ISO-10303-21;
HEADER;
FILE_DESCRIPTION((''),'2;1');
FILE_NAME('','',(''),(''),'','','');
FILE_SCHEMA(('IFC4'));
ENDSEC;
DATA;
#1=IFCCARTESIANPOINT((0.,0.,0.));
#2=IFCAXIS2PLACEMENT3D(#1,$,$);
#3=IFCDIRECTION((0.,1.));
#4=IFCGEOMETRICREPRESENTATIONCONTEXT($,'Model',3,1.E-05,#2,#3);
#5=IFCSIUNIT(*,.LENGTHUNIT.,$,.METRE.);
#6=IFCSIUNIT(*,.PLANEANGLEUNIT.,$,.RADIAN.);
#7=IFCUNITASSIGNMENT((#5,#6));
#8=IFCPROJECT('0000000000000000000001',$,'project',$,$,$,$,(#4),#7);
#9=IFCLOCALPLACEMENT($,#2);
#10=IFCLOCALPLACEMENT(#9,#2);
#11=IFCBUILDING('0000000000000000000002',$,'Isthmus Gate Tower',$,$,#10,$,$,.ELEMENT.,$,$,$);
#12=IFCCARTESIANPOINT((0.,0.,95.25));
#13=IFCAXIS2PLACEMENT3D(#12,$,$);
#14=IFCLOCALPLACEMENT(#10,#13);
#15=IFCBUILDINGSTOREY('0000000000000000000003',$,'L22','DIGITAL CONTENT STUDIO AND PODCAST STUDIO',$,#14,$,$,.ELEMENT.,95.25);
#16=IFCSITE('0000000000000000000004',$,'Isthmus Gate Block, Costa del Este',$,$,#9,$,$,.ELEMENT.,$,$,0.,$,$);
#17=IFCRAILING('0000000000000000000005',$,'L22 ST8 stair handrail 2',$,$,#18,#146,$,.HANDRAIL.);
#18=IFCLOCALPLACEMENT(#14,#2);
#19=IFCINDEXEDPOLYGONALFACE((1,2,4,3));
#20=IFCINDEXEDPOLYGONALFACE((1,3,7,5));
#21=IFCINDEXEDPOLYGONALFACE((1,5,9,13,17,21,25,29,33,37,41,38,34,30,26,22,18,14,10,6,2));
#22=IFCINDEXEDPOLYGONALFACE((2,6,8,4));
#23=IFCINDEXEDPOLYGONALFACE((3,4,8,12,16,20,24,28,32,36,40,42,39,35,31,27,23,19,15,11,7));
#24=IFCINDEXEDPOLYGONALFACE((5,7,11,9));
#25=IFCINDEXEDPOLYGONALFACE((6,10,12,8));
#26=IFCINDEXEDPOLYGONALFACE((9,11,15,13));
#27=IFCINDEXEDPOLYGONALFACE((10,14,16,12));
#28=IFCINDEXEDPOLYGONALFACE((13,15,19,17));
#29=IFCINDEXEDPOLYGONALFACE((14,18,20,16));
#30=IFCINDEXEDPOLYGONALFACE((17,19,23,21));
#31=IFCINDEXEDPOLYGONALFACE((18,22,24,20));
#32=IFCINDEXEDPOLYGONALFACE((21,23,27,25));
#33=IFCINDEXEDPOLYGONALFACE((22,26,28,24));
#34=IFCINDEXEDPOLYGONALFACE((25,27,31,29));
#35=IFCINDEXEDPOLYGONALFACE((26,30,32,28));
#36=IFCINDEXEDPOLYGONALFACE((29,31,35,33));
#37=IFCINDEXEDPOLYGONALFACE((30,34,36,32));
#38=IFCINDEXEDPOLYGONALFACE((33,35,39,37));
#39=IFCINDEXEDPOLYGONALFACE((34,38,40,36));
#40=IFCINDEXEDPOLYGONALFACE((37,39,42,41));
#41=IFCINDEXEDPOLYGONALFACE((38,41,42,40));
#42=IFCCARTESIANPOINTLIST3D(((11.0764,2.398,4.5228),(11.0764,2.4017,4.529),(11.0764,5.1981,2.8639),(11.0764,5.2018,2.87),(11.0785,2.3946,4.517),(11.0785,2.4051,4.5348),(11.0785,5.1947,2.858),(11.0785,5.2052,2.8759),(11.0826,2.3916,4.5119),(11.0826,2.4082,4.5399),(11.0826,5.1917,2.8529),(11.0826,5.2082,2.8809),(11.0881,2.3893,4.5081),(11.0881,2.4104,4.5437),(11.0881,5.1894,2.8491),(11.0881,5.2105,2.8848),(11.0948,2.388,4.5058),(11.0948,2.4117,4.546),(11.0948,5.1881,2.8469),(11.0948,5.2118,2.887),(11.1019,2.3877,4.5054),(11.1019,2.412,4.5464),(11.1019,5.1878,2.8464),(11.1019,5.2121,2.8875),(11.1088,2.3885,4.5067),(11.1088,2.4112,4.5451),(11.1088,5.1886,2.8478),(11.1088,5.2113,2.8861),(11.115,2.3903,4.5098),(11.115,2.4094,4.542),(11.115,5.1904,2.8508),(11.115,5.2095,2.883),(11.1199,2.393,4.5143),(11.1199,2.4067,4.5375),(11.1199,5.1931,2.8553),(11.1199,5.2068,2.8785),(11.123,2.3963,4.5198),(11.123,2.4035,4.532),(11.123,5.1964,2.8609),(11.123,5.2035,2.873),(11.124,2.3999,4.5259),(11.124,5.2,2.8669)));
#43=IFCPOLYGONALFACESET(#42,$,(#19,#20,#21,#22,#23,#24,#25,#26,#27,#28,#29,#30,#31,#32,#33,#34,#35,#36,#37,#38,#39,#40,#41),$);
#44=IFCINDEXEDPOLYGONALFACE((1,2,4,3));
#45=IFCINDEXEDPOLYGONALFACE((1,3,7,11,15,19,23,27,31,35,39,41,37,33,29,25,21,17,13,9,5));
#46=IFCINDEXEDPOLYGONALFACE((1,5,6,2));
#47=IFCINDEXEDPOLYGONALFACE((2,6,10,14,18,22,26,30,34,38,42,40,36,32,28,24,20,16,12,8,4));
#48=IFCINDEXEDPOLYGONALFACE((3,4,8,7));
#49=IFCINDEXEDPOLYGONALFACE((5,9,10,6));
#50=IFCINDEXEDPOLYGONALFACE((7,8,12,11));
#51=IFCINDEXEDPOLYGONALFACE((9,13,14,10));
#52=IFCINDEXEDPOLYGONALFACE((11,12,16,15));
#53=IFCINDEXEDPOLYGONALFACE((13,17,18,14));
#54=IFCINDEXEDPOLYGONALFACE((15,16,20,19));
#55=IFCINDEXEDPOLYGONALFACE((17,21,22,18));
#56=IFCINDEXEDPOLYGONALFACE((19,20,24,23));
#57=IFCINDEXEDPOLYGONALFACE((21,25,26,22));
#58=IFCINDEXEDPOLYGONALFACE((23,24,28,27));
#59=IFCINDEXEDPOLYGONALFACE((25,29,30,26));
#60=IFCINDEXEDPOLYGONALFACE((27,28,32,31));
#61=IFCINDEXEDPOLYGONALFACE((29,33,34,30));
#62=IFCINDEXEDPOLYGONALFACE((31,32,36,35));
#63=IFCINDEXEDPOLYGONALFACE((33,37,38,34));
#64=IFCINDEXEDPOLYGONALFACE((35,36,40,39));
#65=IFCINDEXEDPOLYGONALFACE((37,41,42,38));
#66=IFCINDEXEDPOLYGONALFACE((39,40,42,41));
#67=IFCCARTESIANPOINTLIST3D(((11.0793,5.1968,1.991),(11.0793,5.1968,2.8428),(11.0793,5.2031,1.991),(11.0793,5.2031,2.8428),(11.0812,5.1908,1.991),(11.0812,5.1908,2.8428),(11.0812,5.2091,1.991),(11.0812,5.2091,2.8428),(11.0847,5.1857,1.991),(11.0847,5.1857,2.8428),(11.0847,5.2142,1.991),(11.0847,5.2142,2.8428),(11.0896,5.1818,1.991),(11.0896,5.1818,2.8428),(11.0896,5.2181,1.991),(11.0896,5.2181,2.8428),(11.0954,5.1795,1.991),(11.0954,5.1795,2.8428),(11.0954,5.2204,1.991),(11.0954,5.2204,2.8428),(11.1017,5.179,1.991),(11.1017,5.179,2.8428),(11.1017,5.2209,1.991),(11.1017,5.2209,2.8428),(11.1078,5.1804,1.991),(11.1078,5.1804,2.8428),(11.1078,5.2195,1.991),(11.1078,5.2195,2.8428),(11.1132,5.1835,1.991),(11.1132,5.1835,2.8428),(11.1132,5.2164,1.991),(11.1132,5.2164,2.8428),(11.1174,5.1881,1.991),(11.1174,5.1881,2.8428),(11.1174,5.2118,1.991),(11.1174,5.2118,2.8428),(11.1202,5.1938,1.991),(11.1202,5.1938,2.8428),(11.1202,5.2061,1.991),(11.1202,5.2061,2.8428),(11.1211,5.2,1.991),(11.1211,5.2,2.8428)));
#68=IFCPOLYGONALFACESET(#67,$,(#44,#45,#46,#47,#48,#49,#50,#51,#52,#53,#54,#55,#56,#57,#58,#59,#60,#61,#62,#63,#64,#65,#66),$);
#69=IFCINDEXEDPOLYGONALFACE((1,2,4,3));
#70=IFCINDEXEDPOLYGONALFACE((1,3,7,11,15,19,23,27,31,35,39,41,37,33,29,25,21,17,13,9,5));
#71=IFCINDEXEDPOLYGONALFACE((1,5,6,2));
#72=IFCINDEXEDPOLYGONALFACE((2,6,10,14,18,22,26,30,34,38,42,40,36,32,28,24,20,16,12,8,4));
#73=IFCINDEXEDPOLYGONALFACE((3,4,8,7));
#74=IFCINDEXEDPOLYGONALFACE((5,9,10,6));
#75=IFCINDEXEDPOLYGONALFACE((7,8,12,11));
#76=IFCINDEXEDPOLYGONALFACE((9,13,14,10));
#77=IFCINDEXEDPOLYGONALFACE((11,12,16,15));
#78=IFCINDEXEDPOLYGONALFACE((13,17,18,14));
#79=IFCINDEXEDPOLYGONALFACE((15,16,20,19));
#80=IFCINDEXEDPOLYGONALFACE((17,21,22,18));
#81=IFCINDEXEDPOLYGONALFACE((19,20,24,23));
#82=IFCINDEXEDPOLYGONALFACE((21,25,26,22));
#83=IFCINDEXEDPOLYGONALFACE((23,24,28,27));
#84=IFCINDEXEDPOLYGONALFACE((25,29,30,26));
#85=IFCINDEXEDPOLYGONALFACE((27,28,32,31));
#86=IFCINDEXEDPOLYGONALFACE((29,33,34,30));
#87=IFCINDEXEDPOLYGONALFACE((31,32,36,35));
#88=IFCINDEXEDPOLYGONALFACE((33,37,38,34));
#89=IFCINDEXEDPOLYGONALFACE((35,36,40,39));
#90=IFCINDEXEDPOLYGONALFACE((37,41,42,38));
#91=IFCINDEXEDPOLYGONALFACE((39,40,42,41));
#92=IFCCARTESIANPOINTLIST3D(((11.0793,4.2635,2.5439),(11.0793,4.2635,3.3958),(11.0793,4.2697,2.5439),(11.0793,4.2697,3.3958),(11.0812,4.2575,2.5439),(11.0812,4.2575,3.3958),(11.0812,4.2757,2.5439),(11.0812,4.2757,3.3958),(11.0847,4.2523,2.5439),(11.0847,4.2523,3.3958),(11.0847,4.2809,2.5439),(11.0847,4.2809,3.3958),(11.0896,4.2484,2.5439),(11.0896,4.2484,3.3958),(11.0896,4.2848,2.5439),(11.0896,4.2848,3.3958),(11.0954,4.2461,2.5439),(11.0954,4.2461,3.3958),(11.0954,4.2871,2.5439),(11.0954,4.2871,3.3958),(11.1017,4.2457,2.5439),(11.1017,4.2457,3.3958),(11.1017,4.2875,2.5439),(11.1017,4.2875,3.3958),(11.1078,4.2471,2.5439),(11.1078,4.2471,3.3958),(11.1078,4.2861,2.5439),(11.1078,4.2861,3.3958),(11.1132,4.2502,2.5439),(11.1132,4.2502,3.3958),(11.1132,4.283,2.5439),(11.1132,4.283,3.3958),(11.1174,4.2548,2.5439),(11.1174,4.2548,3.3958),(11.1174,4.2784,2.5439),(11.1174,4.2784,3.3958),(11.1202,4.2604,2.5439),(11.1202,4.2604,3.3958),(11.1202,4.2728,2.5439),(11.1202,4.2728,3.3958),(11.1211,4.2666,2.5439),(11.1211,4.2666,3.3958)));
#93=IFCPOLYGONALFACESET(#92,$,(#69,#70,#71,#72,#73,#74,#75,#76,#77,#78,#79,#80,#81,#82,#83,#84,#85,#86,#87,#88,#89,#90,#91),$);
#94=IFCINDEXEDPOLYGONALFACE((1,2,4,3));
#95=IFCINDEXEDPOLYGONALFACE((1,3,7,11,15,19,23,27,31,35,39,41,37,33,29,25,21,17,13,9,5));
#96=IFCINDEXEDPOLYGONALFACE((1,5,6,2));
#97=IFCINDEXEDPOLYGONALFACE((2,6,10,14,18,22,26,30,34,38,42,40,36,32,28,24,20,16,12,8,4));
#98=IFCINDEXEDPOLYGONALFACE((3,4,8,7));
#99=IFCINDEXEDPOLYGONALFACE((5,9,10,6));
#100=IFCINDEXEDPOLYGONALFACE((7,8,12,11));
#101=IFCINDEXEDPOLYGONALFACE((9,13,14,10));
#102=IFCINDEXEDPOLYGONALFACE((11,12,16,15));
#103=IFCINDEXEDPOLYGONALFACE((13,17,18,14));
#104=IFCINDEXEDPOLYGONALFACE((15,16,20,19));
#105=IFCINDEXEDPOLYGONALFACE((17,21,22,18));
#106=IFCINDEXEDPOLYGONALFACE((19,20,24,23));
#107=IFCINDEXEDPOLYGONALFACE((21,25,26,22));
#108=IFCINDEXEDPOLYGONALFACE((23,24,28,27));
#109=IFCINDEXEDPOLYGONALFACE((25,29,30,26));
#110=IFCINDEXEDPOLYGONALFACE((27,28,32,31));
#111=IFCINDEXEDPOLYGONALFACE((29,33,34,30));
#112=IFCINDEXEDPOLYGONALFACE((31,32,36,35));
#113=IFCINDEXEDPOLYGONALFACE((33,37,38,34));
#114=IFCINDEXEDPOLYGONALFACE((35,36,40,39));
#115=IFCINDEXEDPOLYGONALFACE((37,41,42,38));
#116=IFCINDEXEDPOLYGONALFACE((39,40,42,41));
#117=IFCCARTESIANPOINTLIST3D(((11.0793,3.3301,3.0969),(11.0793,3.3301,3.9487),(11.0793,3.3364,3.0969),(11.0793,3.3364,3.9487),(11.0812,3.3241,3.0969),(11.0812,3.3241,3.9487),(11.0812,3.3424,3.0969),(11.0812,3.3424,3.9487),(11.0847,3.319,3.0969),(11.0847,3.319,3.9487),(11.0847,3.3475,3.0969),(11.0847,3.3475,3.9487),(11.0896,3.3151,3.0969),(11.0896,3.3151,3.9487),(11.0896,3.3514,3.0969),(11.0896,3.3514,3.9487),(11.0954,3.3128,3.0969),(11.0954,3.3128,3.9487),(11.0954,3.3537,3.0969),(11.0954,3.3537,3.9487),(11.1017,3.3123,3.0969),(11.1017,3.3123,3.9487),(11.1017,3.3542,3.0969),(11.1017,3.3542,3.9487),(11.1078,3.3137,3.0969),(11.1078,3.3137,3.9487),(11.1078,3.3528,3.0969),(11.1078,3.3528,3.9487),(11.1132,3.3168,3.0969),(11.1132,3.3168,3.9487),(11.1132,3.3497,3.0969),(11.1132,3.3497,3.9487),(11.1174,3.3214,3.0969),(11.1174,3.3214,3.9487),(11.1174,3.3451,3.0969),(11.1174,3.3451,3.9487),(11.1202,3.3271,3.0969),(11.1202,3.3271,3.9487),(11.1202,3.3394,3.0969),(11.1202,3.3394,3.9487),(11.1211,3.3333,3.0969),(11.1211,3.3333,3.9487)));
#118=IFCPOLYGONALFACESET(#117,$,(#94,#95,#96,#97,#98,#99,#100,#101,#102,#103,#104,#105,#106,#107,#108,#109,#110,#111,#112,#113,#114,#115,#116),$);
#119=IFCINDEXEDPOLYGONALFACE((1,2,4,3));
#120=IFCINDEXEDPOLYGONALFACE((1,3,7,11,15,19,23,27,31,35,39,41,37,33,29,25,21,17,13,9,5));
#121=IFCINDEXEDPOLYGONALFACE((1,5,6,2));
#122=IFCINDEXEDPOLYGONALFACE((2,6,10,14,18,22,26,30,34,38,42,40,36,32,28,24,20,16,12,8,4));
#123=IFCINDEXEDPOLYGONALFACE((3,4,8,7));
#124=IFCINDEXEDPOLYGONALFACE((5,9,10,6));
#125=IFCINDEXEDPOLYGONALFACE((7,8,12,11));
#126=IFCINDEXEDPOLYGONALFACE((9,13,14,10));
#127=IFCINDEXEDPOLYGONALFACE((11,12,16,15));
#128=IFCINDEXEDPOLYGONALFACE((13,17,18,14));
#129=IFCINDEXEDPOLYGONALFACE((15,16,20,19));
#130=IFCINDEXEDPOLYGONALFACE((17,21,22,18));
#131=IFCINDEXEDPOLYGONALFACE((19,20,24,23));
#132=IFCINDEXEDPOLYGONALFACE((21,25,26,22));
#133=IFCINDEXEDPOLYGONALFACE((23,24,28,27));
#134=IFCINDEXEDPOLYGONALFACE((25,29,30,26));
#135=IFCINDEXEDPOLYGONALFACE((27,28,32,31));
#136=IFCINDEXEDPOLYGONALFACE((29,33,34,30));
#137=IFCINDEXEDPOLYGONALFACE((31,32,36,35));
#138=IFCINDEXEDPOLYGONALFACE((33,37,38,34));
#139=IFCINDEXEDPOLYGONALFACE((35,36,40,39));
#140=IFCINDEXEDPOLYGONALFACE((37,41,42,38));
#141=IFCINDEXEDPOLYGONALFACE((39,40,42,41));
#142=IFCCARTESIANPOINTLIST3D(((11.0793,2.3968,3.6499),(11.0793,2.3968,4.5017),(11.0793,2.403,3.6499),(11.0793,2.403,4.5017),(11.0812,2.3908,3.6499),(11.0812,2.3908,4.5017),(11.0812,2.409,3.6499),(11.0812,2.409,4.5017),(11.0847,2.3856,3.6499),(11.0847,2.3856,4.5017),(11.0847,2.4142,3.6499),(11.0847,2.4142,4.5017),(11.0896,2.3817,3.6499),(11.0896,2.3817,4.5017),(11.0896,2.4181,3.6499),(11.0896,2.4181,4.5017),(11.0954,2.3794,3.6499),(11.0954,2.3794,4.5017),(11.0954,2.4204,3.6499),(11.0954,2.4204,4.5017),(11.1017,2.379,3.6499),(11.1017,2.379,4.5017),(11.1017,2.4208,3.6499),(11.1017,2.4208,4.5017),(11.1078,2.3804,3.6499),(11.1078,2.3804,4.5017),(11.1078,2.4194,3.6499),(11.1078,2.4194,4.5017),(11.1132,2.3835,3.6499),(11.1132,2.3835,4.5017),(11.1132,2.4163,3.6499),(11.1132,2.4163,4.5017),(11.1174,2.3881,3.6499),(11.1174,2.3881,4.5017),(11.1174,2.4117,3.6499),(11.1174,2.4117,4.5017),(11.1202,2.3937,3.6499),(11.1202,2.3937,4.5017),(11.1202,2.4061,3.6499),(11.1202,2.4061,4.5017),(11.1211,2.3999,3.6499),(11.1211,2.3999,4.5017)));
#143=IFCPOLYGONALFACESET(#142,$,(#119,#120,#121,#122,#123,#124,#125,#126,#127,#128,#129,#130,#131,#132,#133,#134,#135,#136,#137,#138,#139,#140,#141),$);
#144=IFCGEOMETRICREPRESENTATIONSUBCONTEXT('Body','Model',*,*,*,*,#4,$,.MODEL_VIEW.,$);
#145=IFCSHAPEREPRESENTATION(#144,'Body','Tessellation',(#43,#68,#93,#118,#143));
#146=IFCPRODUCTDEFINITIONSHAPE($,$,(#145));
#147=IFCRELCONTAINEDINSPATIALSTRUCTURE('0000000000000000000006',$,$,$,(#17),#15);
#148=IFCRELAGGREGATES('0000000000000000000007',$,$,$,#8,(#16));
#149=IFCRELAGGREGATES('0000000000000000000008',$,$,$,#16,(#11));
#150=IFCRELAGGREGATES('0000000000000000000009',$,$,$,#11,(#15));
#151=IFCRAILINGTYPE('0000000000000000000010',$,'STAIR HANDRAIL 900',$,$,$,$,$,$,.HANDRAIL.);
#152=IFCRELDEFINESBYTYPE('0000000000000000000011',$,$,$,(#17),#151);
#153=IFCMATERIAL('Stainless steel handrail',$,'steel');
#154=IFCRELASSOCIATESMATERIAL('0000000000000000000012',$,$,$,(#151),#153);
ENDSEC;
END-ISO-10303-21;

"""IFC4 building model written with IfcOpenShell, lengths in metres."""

from ifc_helpers import new_model, si_unit, direction, frame, origin, origin_2d, place, context, subcontext, project, spatial, circle, extrude, material, type_object, element, save


model = new_model("IFC4")

# Units and contexts
model_context = context("Model", 3, precision=1e-05, world=origin(), true_north=direction((0.0, 1.0)))
body_context = subcontext(model_context, "Body", "Model", "MODEL_VIEW")
ifc_project = project(units=[si_unit("LENGTHUNIT", "METRE"), si_unit("PLANEANGLEUNIT", "RADIAN")], contexts=[model_context])

# Site, building, storey
site_placement = place(None, origin())
site = spatial("IfcSite", under=ifc_project, at=site_placement, Name="Isthmus Gate Block, Costa del Este", CompositionType="ELEMENT", RefElevation=0.0)
building_placement = place(site_placement, origin())
building = spatial("IfcBuilding", under=site, at=building_placement, Name="Isthmus Gate Tower", CompositionType="ELEMENT")
storey_placement = place(building_placement, frame((0.0, 0.0, 95.25)))
storey = spatial("IfcBuildingStorey", under=building, at=storey_placement, Name="L22", Description="DIGITAL CONTENT STUDIO AND PODCAST STUDIO", CompositionType="ELEMENT", Elevation=95.25)

# Railing
ifc_material_1 = material(Name="Stainless steel handrail", Category="steel")
railing_type_1 = type_object("IfcRailingType", Name="STAIR HANDRAIL 900", PredefinedType="HANDRAIL", material=ifc_material_1)
for number, where, name in (
    (1, (11.1001, 5.2, 1.991), "L22 ST8 stair handrail 2"),
):
    element("IfcRailing", number, at=place(storey_placement, frame(where)), inside=storey, type_object=railing_type_1, Name=name, PredefinedType="HANDRAIL", context=body_context, shape_type="SweptSolid", body=[
        extrude(circle(Radius=0.0239, at=origin_2d()), frame((0.0, 0.0, 0.876), z_axis=(0.0, -0.860339, 0.509722), x_axis=(1.0, 0.0, 0.0)), (0.0, 0.0, 1.0), 3.2546),
        extrude(circle(Radius=0.021, at=origin_2d()), origin(), (0.0, 0.0, 1.0), 0.8518),
        extrude(circle(Radius=0.021, at=origin_2d()), frame((0.0, -0.9333, 0.553)), (0.0, 0.0, 1.0), 0.8518),
        extrude(circle(Radius=0.021, at=origin_2d()), frame((0.0, -1.8667, 1.106)), (0.0, 0.0, 1.0), 0.8518),
        extrude(circle(Radius=0.021, at=origin_2d()), frame((0.0, -2.8, 1.6589)), (0.0, 0.0, 1.0), 0.8518),
    ])

save(model, "model.ifc")
